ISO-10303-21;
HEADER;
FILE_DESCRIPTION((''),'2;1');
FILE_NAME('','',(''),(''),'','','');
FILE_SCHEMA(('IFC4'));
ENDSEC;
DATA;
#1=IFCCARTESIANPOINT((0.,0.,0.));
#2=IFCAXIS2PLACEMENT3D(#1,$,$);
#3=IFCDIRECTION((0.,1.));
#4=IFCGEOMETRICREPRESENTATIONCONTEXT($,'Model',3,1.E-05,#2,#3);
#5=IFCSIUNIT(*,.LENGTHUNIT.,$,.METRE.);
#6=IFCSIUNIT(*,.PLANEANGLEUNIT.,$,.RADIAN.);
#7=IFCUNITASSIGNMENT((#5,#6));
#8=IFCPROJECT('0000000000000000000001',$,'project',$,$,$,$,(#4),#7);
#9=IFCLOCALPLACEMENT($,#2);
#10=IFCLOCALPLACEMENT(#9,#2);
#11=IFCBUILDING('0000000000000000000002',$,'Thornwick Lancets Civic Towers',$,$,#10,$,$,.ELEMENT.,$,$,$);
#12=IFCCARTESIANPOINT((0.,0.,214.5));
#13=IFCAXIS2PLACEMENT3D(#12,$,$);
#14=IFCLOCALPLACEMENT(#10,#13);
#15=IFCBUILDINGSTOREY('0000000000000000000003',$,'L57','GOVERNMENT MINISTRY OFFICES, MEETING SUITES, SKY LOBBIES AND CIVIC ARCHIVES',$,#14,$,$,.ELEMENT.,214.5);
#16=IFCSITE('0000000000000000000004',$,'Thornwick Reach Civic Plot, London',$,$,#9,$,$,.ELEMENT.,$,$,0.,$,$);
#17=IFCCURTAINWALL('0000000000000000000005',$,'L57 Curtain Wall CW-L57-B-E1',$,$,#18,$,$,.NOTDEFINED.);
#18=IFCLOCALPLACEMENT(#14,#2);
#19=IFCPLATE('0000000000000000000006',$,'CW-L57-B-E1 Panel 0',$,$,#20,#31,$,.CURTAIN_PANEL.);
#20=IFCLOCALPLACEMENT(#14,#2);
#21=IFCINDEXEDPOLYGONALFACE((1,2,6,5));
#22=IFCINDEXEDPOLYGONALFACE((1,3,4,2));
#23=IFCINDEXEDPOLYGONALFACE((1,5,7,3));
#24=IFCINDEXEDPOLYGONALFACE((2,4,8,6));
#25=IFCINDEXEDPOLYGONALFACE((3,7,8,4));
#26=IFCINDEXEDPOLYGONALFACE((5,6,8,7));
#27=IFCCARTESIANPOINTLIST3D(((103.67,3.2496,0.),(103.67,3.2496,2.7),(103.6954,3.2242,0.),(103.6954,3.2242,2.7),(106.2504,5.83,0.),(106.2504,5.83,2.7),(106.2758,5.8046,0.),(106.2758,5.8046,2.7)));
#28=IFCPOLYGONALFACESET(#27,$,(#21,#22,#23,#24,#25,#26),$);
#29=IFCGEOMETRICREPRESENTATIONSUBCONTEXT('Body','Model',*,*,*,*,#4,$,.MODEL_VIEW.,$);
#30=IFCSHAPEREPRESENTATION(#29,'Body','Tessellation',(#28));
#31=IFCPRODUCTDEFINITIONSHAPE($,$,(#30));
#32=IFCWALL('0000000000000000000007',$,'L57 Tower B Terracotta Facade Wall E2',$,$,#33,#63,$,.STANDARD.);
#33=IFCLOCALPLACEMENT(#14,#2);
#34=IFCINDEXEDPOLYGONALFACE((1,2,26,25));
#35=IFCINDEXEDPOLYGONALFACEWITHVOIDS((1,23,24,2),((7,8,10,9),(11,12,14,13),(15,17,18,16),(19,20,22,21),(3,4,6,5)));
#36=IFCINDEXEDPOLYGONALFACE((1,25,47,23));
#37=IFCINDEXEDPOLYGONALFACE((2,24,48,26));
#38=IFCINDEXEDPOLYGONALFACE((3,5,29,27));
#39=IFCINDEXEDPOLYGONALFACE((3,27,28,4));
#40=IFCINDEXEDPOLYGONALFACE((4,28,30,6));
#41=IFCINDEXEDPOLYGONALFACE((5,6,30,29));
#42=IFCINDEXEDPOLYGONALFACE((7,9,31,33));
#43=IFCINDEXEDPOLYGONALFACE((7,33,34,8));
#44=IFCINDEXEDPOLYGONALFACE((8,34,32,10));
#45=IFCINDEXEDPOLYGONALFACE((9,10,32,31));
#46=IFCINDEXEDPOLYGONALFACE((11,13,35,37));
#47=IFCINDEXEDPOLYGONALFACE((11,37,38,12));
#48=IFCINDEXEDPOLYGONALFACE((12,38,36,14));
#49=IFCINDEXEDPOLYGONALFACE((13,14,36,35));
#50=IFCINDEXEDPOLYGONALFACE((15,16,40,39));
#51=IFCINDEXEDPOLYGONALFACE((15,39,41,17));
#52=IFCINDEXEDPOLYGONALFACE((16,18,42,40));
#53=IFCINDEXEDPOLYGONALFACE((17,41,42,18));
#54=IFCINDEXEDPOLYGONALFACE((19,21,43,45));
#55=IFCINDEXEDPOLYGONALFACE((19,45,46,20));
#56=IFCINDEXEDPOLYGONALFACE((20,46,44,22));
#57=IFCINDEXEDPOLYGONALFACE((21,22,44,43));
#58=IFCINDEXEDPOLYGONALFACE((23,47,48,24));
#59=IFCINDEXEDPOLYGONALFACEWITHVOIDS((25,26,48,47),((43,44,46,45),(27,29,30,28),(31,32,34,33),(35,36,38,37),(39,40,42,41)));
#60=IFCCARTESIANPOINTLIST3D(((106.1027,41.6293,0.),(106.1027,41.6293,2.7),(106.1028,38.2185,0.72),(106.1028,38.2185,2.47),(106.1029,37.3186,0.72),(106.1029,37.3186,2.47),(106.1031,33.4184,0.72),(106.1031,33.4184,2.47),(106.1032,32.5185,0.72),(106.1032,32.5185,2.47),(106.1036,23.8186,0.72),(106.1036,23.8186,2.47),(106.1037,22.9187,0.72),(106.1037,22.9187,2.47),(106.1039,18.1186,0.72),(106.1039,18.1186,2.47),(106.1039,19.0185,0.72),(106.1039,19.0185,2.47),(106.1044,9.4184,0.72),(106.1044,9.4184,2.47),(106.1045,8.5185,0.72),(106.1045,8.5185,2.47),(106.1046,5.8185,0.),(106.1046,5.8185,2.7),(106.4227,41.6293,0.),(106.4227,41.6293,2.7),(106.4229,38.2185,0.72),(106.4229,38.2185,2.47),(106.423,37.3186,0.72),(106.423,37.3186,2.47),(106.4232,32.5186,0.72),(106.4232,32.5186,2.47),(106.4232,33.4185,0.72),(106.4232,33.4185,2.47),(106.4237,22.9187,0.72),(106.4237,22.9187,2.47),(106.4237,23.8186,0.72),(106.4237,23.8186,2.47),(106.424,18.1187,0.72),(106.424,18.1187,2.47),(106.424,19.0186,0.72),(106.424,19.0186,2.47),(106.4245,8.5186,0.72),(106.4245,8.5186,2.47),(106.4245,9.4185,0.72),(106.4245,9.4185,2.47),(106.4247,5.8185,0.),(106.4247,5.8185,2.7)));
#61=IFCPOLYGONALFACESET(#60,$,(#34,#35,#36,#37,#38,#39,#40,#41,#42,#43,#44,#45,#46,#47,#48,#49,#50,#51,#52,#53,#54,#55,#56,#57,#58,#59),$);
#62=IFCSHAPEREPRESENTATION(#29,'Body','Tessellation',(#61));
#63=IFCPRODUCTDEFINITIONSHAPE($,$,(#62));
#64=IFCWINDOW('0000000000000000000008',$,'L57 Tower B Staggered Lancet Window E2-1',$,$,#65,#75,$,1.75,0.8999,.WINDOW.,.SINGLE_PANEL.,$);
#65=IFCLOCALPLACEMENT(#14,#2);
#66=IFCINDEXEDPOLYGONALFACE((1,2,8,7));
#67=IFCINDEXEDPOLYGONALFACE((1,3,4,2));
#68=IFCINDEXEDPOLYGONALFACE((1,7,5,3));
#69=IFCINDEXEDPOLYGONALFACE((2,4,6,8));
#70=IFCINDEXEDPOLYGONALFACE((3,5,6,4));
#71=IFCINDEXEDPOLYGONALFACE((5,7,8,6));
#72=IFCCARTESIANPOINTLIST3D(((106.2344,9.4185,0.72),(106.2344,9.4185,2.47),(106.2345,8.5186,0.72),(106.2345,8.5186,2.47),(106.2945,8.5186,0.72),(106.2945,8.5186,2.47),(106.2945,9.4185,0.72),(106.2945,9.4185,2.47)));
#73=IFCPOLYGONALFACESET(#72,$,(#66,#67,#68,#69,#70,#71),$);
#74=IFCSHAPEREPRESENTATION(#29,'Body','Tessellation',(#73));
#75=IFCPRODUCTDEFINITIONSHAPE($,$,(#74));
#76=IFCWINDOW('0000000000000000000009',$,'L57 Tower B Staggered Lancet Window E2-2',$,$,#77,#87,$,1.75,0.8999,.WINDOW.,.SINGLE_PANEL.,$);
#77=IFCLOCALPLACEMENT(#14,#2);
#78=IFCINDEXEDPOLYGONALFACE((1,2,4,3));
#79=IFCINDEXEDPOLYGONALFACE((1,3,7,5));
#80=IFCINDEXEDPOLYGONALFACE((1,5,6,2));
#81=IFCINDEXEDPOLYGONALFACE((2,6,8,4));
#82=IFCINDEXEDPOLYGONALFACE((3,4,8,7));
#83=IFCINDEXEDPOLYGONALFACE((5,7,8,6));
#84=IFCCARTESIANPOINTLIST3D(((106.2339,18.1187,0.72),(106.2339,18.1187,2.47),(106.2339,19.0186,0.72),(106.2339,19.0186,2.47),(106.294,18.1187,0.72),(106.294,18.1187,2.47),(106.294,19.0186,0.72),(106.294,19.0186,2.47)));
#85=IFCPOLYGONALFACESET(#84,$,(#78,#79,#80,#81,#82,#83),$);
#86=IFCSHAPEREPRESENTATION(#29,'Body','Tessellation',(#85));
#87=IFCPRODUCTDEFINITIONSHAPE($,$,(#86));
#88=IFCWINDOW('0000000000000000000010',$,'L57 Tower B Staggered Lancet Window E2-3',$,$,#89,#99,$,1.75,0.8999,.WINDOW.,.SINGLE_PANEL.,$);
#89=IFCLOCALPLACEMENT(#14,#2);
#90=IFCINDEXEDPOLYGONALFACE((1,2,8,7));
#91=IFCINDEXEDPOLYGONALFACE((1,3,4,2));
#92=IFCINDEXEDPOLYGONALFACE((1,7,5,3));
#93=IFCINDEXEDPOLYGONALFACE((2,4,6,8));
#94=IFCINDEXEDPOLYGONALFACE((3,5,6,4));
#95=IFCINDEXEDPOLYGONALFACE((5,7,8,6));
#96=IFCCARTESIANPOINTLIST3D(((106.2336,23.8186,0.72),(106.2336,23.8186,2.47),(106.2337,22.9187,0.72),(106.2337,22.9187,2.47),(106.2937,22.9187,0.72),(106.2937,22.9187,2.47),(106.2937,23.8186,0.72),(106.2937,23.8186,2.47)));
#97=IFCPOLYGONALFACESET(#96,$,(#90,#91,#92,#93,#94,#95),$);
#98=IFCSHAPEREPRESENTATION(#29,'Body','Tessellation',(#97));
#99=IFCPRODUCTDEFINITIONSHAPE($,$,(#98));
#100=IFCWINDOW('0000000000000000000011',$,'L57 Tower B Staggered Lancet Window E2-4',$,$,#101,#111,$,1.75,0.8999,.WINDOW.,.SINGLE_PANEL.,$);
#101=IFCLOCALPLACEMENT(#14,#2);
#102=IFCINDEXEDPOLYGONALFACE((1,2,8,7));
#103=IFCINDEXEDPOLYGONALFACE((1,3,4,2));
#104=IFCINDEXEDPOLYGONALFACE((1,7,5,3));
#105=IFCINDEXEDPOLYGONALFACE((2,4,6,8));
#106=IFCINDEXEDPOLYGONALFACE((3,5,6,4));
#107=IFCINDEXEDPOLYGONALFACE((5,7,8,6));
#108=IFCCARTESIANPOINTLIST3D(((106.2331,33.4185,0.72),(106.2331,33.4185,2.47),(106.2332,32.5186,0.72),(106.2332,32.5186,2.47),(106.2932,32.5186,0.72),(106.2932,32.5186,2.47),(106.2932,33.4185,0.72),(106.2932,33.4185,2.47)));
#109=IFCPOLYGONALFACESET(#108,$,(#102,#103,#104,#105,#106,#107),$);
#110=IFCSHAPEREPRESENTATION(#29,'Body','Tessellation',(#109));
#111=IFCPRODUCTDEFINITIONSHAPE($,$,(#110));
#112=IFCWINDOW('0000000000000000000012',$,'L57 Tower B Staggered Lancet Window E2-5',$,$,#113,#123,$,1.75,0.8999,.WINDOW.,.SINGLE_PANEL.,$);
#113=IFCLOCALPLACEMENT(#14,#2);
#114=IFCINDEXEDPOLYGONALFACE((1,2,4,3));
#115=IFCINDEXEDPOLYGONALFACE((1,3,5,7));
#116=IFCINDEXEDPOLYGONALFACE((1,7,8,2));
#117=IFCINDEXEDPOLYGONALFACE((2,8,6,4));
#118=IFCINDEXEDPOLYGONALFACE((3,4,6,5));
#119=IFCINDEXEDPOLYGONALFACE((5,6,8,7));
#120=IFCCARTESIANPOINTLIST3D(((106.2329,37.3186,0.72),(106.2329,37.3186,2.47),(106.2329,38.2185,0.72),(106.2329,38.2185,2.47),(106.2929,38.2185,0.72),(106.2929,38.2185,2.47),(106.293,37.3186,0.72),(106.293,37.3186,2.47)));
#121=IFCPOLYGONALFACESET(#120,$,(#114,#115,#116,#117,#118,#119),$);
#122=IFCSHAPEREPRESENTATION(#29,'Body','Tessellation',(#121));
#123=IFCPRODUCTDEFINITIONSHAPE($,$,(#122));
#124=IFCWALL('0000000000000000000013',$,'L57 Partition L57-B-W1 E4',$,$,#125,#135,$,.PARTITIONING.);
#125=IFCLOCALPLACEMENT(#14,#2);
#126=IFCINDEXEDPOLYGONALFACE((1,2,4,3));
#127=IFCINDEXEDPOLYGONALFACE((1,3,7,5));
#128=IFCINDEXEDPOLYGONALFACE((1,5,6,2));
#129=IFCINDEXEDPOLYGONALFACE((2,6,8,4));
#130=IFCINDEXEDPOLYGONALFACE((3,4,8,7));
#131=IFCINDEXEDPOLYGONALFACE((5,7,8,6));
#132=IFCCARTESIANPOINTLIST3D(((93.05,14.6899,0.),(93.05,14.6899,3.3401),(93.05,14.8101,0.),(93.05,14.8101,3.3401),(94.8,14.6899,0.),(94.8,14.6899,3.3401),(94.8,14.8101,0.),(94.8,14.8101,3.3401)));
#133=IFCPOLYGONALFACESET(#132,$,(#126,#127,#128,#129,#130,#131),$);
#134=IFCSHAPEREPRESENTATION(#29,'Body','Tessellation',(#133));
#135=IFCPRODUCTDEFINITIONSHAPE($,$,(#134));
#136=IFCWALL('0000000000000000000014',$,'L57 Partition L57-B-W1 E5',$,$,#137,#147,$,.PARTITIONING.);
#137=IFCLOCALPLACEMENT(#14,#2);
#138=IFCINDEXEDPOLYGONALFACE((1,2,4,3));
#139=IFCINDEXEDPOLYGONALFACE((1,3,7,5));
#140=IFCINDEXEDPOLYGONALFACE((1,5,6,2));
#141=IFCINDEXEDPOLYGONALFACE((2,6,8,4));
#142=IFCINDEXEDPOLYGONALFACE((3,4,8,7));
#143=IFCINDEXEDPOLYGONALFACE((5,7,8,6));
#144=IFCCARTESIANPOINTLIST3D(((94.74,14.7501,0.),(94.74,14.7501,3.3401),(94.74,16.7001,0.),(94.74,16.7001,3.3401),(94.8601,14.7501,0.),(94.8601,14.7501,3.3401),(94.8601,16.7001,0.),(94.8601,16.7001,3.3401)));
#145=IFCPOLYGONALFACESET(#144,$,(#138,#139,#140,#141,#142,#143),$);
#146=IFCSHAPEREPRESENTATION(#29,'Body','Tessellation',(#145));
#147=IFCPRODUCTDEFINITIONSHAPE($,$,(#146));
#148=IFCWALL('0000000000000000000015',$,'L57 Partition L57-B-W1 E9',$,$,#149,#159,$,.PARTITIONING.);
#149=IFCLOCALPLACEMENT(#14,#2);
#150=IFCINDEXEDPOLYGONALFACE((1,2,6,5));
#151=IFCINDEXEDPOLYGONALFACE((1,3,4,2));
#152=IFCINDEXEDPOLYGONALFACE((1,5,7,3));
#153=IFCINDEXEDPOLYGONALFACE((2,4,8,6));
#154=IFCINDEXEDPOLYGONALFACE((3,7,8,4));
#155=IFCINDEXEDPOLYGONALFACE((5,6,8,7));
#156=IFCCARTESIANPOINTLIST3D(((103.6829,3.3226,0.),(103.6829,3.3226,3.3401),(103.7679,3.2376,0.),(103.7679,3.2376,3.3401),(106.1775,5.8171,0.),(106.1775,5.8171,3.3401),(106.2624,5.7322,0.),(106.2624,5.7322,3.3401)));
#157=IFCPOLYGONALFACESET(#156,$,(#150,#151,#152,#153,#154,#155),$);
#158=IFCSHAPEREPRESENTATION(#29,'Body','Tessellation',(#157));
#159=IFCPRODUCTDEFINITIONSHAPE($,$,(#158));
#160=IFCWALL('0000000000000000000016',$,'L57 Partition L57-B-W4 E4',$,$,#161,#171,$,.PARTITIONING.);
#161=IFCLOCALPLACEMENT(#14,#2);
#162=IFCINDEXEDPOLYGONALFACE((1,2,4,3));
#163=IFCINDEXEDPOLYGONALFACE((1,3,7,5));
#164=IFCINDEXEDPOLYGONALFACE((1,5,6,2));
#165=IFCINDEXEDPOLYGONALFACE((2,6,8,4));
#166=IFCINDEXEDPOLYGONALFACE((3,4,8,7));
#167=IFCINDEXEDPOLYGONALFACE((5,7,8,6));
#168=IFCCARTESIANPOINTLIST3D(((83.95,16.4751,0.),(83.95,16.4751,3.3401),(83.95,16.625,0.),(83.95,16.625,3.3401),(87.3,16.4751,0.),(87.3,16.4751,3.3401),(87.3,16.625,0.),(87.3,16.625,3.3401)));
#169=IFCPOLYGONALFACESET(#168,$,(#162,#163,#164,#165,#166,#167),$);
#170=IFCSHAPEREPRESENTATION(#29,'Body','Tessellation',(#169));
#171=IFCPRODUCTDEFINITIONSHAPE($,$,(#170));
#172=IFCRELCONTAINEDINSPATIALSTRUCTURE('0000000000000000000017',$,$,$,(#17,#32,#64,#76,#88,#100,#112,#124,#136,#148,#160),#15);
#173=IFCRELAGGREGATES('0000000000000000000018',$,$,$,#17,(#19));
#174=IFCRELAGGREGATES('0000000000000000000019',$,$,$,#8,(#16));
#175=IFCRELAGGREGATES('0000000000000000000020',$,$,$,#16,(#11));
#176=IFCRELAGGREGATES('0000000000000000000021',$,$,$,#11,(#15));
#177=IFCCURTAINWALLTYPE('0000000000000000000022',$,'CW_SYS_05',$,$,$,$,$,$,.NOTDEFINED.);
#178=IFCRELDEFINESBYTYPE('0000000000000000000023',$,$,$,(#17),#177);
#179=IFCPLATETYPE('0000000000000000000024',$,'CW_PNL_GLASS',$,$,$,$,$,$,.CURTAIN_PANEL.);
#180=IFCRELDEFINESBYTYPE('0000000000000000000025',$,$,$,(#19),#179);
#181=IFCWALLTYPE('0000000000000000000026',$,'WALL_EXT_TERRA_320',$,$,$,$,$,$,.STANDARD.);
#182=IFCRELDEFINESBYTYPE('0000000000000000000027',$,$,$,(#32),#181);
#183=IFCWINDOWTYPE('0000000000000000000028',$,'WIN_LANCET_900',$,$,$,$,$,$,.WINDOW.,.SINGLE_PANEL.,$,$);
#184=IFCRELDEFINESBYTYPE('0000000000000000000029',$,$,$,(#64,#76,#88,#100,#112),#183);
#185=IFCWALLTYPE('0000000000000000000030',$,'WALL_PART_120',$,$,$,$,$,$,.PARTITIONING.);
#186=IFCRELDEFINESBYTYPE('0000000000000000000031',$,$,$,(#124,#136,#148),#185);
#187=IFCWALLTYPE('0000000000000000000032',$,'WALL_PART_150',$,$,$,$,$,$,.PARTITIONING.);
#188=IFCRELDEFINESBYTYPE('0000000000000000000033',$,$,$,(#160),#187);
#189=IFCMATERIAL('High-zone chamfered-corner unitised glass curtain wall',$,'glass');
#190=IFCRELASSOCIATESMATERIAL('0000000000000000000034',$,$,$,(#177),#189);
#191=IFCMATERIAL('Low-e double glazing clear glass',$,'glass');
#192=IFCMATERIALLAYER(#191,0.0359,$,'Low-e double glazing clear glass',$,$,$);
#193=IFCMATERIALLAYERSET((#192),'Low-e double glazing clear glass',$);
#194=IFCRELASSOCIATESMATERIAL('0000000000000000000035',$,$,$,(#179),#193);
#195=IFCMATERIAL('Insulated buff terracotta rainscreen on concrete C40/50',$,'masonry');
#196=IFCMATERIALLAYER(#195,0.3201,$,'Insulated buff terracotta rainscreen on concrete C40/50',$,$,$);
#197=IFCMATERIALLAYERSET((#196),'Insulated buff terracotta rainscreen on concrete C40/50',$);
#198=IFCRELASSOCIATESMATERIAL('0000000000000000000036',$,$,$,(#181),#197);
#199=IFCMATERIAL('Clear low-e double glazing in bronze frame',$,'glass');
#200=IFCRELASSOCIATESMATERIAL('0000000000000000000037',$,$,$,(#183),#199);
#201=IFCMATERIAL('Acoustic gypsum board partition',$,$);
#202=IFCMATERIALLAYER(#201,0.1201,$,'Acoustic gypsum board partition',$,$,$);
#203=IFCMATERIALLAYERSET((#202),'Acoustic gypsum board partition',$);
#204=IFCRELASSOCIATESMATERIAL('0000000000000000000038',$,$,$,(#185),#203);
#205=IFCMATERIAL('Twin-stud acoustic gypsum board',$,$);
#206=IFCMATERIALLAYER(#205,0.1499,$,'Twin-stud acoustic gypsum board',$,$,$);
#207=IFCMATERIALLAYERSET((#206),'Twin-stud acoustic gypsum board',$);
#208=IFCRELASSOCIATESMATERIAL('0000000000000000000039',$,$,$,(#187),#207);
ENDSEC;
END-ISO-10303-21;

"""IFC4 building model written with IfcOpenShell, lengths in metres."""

from ifc_helpers import new_model, si_unit, direction, frame, frame_2d, origin, origin_2d, place, context, subcontext, project, spatial, rectangle, extrude, material, layer, layer_set, type_object, element, fill, aggregate, save


model = new_model("IFC4")

# Units and contexts
model_context = context("Model", 3, precision=1e-05, world=origin(), true_north=direction((0.0, 1.0)))
body_context = subcontext(model_context, "Body", "Model", "MODEL_VIEW")
ifc_project = project(units=[si_unit("LENGTHUNIT", "METRE"), si_unit("PLANEANGLEUNIT", "RADIAN")], contexts=[model_context])

# Site, building, storey
site_placement = place(None, origin())
site = spatial("IfcSite", under=ifc_project, at=site_placement, Name="Thornwick Reach Civic Plot, London", CompositionType="ELEMENT", RefElevation=0.0)
building_placement = place(site_placement, origin())
building = spatial("IfcBuilding", under=site, at=building_placement, Name="Thornwick Lancets Civic Towers", CompositionType="ELEMENT")
storey_placement = place(building_placement, frame((0.0, 0.0, 214.5)))
storey = spatial("IfcBuildingStorey", under=building, at=storey_placement, Name="L57", Description="GOVERNMENT MINISTRY OFFICES, MEETING SUITES, SKY LOBBIES AND CIVIC ARCHIVES", CompositionType="ELEMENT", Elevation=214.5)

# Curtain wall, plate
ifc_material_1 = material(Name="High-zone chamfered-corner unitised glass curtain wall", Category="glass")
curtain_wall_type = type_object("IfcCurtainWallType", Name="CW_SYS_05", PredefinedType="NOTDEFINED", material=ifc_material_1)
curtain_wall_placement = place(storey_placement, origin())
curtain_wall = element("IfcCurtainWall", 1, at=curtain_wall_placement, inside=storey, type_object=curtain_wall_type, Name="L57 Curtain Wall CW-L57-B-E1", PredefinedType="NOTDEFINED")
ifc_material_2 = material(Name="Low-e double glazing clear glass", Category="glass")
ifc_layer_1 = layer(ifc_material_2, 0.0359, Name="Low-e double glazing clear glass")
ifc_layer_set_1 = layer_set([ifc_layer_1], Name="Low-e double glazing clear glass")
plate_type = type_object("IfcPlateType", Name="CW_PNL_GLASS", PredefinedType="CURTAIN_PANEL", material=ifc_layer_set_1)
plate_placement = place(storey_placement, frame((104.9729, 4.5271, 0.0), z_axis=(0.0, 0.0, 1.0), x_axis=(0.707107, 0.707107, 0.0)))
plate = element("IfcPlate", 2, at=plate_placement, type_object=plate_type, Name="CW-L57-B-E1 Panel 0", PredefinedType="CURTAIN_PANEL", context=body_context, shape_type="SweptSolid", body=[
    extrude(rectangle(XDim=3.6492, YDim=0.0359, at=origin_2d()), origin(), (0.0, 0.0, 1.0), 2.7),
])
aggregate(curtain_wall, [plate])

# Wall, openings, windows
ifc_material_3 = material(Name="Insulated buff terracotta rainscreen on concrete C40/50", Category="masonry")
ifc_layer_2 = layer(ifc_material_3, 0.3201, Name="Insulated buff terracotta rainscreen on concrete C40/50")
ifc_layer_set_2 = layer_set([ifc_layer_2], Name="Insulated buff terracotta rainscreen on concrete C40/50")
wall_type_1 = type_object("IfcWallType", Name="WALL_EXT_TERRA_320", PredefinedType="STANDARD", material=ifc_layer_set_2)
wall_1_placement = place(storey_placement, frame((106.2646, 5.8186, 0.0), z_axis=(0.0, 0.0, 1.0), x_axis=(-0.000055, 1.0, 0.0)))
wall_1 = element("IfcWall", 3, at=wall_1_placement, inside=storey, type_object=wall_type_1, Name="L57 Tower B Terracotta Facade Wall E2", PredefinedType="STANDARD", context=body_context, shape_type="SweptSolid", body=[
    extrude(rectangle(XDim=35.8108, YDim=0.3201, at=frame_2d((17.9053, 0.0))), origin(), (0.0, 0.0, 1.0), 2.7),
])
opening_1_placement = place(wall_1_placement, frame((2.7, 0.0, 0.72)))
opening_1 = element("IfcOpeningElement", 4, at=opening_1_placement, cuts=wall_1, PredefinedType="OPENING", context=body_context, shape_type="SweptSolid", body=[
    extrude(rectangle(XDim=0.8999, YDim=1.75, at=frame_2d((0.45, 0.875))), frame((0.0, 0.1699, 0.0), z_axis=(0.0, -1.0, 0.0), x_axis=(1.0, 0.0, 0.0)), (0.0, 0.0, 1.0), 0.3401),
])
opening_2_placement = place(wall_1_placement, frame((12.3, 0.0, 0.72)))
opening_2 = element("IfcOpeningElement", 5, at=opening_2_placement, cuts=wall_1, PredefinedType="OPENING", context=body_context, shape_type="SweptSolid", body=[
    extrude(rectangle(XDim=0.8999, YDim=1.75, at=frame_2d((0.45, 0.875))), frame((0.0, 0.1699, 0.0), z_axis=(0.0, -1.0, 0.0), x_axis=(1.0, 0.0, 0.0)), (0.0, 0.0, 1.0), 0.3401),
])
opening_3_placement = place(wall_1_placement, frame((17.1001, 0.0, 0.72)))
opening_3 = element("IfcOpeningElement", 6, at=opening_3_placement, cuts=wall_1, PredefinedType="OPENING", context=body_context, shape_type="SweptSolid", body=[
    extrude(rectangle(XDim=0.8999, YDim=1.75, at=frame_2d((0.45, 0.875))), frame((0.0, 0.1699, 0.0), z_axis=(0.0, -1.0, 0.0), x_axis=(1.0, 0.0, 0.0)), (0.0, 0.0, 1.0), 0.3401),
])
opening_4_placement = place(wall_1_placement, frame((26.7, 0.0, 0.72)))
opening_4 = element("IfcOpeningElement", 7, at=opening_4_placement, cuts=wall_1, PredefinedType="OPENING", context=body_context, shape_type="SweptSolid", body=[
    extrude(rectangle(XDim=0.8999, YDim=1.75, at=frame_2d((0.45, 0.875))), frame((0.0, 0.1699, 0.0), z_axis=(0.0, -1.0, 0.0), x_axis=(1.0, 0.0, 0.0)), (0.0, 0.0, 1.0), 0.3401),
])
opening_5_placement = place(wall_1_placement, frame((31.5, 0.0, 0.72)))
opening_5 = element("IfcOpeningElement", 8, at=opening_5_placement, cuts=wall_1, PredefinedType="OPENING", context=body_context, shape_type="SweptSolid", body=[
    extrude(rectangle(XDim=0.8999, YDim=1.75, at=frame_2d((0.45, 0.875))), frame((0.0, 0.1699, 0.0), z_axis=(0.0, -1.0, 0.0), x_axis=(1.0, 0.0, 0.0)), (0.0, 0.0, 1.0), 0.3401),
])
ifc_material_4 = material(Name="Clear low-e double glazing in bronze frame", Category="glass")
window_type = type_object("IfcWindowType", Name="WIN_LANCET_900", PartitioningType="SINGLE_PANEL", PredefinedType="WINDOW", material=ifc_material_4)
window_1_placement = place(opening_1_placement, origin())
window_1 = element("IfcWindow", 9, at=window_1_placement, inside=storey, type_object=window_type, Name="L57 Tower B Staggered Lancet Window E2-1", OverallHeight=1.75, OverallWidth=0.8999, PartitioningType="SINGLE_PANEL", PredefinedType="WINDOW", context=body_context, shape_type="SweptSolid", body=[
    extrude(rectangle(XDim=0.8999, YDim=1.75, at=frame_2d((0.45, 0.875))), frame((0.0, 0.03, 0.0), z_axis=(0.0, -1.0, 0.0), x_axis=(1.0, 0.0, 0.0)), (0.0, 0.0, 1.0), 0.0601),
])
fill(opening_1, window_1)
window_2_placement = place(opening_2_placement, origin())
window_2 = element("IfcWindow", 10, at=window_2_placement, inside=storey, type_object=window_type, Name="L57 Tower B Staggered Lancet Window E2-2", OverallHeight=1.75, OverallWidth=0.8999, PartitioningType="SINGLE_PANEL", PredefinedType="WINDOW", context=body_context, shape_type="SweptSolid", body=[
    extrude(rectangle(XDim=0.8999, YDim=1.75, at=frame_2d((0.45, 0.875))), frame((0.0, 0.03, 0.0), z_axis=(0.0, -1.0, 0.0), x_axis=(1.0, 0.0, 0.0)), (0.0, 0.0, 1.0), 0.0601),
])
fill(opening_2, window_2)
window_3_placement = place(opening_3_placement, origin())
window_3 = element("IfcWindow", 11, at=window_3_placement, inside=storey, type_object=window_type, Name="L57 Tower B Staggered Lancet Window E2-3", OverallHeight=1.75, OverallWidth=0.8999, PartitioningType="SINGLE_PANEL", PredefinedType="WINDOW", context=body_context, shape_type="SweptSolid", body=[
    extrude(rectangle(XDim=0.8999, YDim=1.75, at=frame_2d((0.45, 0.875))), frame((0.0, 0.03, 0.0), z_axis=(0.0, -1.0, 0.0), x_axis=(1.0, 0.0, 0.0)), (0.0, 0.0, 1.0), 0.0601),
])
fill(opening_3, window_3)
window_4_placement = place(opening_4_placement, origin())
window_4 = element("IfcWindow", 12, at=window_4_placement, inside=storey, type_object=window_type, Name="L57 Tower B Staggered Lancet Window E2-4", OverallHeight=1.75, OverallWidth=0.8999, PartitioningType="SINGLE_PANEL", PredefinedType="WINDOW", context=body_context, shape_type="SweptSolid", body=[
    extrude(rectangle(XDim=0.8999, YDim=1.75, at=frame_2d((0.45, 0.875))), frame((0.0, 0.03, 0.0), z_axis=(0.0, -1.0, 0.0), x_axis=(1.0, 0.0, 0.0)), (0.0, 0.0, 1.0), 0.0601),
])
fill(opening_4, window_4)
window_5_placement = place(opening_5_placement, origin())
window_5 = element("IfcWindow", 13, at=window_5_placement, inside=storey, type_object=window_type, Name="L57 Tower B Staggered Lancet Window E2-5", OverallHeight=1.75, OverallWidth=0.8999, PartitioningType="SINGLE_PANEL", PredefinedType="WINDOW", context=body_context, shape_type="SweptSolid", body=[
    extrude(rectangle(XDim=0.8999, YDim=1.75, at=frame_2d((0.45, 0.875))), frame((0.0, 0.03, 0.0), z_axis=(0.0, -1.0, 0.0), x_axis=(1.0, 0.0, 0.0)), (0.0, 0.0, 1.0), 0.0601),
])
fill(opening_5, window_5)

# Walls
ifc_material_5 = material(Name="Acoustic gypsum board partition")
ifc_layer_3 = layer(ifc_material_5, 0.1201, Name="Acoustic gypsum board partition")
ifc_layer_set_3 = layer_set([ifc_layer_3], Name="Acoustic gypsum board partition")
wall_type_2 = type_object("IfcWallType", Name="WALL_PART_120", PredefinedType="PARTITIONING", material=ifc_layer_set_3)
wall_2_placement = place(storey_placement, frame((93.05, 14.75, 0.0), z_axis=(0.0, 0.0, 1.0), x_axis=(1.0, 0.0, 0.0)))
element("IfcWall", 14, at=wall_2_placement, inside=storey, type_object=wall_type_2, Name="L57 Partition L57-B-W1 E4", PredefinedType="PARTITIONING", context=body_context, shape_type="SweptSolid", body=[
    extrude(rectangle(XDim=1.75, YDim=0.1201, at=frame_2d((0.875, 0.0))), origin(), (0.0, 0.0, 1.0), 3.3401),
])
wall_3_placement = place(storey_placement, frame((94.8, 14.75, 0.0), z_axis=(0.0, 0.0, 1.0), x_axis=(0.0, 1.0, 0.0)))
element("IfcWall", 15, at=wall_3_placement, inside=storey, type_object=wall_type_2, Name="L57 Partition L57-B-W1 E5", PredefinedType="PARTITIONING", context=body_context, shape_type="SweptSolid", body=[
    extrude(rectangle(XDim=1.95, YDim=0.1201, at=frame_2d((0.9751, 0.0))), origin(), (0.0, 0.0, 1.0), 3.3401),
])
wall_4_placement = place(storey_placement, frame((106.22, 5.7747, 0.0), z_axis=(0.0, 0.0, 1.0), x_axis=(-0.707107, -0.707107, 0.0)))
element("IfcWall", 16, at=wall_4_placement, inside=storey, type_object=wall_type_2, Name="L57 Partition L57-B-W1 E9", PredefinedType="PARTITIONING", context=body_context, shape_type="SweptSolid", body=[
    extrude(rectangle(XDim=3.5278, YDim=0.1201, at=frame_2d((1.7639, 0.0))), origin(), (0.0, 0.0, 1.0), 3.3401),
])
ifc_material_6 = material(Name="Twin-stud acoustic gypsum board")
ifc_layer_4 = layer(ifc_material_6, 0.1499, Name="Twin-stud acoustic gypsum board")
ifc_layer_set_4 = layer_set([ifc_layer_4], Name="Twin-stud acoustic gypsum board")
wall_type_3 = type_object("IfcWallType", Name="WALL_PART_150", PredefinedType="PARTITIONING", material=ifc_layer_set_4)
wall_5_placement = place(storey_placement, frame((87.3, 16.55, 0.0), z_axis=(0.0, 0.0, 1.0), x_axis=(-1.0, 0.0, 0.0)))
element("IfcWall", 17, at=wall_5_placement, inside=storey, type_object=wall_type_3, Name="L57 Partition L57-B-W4 E4", PredefinedType="PARTITIONING", context=body_context, shape_type="SweptSolid", body=[
    extrude(rectangle(XDim=3.3501, YDim=0.1499, at=frame_2d((1.675, 0.0))), origin(), (0.0, 0.0, 1.0), 3.3401),
])

save(model, "model.ifc")
